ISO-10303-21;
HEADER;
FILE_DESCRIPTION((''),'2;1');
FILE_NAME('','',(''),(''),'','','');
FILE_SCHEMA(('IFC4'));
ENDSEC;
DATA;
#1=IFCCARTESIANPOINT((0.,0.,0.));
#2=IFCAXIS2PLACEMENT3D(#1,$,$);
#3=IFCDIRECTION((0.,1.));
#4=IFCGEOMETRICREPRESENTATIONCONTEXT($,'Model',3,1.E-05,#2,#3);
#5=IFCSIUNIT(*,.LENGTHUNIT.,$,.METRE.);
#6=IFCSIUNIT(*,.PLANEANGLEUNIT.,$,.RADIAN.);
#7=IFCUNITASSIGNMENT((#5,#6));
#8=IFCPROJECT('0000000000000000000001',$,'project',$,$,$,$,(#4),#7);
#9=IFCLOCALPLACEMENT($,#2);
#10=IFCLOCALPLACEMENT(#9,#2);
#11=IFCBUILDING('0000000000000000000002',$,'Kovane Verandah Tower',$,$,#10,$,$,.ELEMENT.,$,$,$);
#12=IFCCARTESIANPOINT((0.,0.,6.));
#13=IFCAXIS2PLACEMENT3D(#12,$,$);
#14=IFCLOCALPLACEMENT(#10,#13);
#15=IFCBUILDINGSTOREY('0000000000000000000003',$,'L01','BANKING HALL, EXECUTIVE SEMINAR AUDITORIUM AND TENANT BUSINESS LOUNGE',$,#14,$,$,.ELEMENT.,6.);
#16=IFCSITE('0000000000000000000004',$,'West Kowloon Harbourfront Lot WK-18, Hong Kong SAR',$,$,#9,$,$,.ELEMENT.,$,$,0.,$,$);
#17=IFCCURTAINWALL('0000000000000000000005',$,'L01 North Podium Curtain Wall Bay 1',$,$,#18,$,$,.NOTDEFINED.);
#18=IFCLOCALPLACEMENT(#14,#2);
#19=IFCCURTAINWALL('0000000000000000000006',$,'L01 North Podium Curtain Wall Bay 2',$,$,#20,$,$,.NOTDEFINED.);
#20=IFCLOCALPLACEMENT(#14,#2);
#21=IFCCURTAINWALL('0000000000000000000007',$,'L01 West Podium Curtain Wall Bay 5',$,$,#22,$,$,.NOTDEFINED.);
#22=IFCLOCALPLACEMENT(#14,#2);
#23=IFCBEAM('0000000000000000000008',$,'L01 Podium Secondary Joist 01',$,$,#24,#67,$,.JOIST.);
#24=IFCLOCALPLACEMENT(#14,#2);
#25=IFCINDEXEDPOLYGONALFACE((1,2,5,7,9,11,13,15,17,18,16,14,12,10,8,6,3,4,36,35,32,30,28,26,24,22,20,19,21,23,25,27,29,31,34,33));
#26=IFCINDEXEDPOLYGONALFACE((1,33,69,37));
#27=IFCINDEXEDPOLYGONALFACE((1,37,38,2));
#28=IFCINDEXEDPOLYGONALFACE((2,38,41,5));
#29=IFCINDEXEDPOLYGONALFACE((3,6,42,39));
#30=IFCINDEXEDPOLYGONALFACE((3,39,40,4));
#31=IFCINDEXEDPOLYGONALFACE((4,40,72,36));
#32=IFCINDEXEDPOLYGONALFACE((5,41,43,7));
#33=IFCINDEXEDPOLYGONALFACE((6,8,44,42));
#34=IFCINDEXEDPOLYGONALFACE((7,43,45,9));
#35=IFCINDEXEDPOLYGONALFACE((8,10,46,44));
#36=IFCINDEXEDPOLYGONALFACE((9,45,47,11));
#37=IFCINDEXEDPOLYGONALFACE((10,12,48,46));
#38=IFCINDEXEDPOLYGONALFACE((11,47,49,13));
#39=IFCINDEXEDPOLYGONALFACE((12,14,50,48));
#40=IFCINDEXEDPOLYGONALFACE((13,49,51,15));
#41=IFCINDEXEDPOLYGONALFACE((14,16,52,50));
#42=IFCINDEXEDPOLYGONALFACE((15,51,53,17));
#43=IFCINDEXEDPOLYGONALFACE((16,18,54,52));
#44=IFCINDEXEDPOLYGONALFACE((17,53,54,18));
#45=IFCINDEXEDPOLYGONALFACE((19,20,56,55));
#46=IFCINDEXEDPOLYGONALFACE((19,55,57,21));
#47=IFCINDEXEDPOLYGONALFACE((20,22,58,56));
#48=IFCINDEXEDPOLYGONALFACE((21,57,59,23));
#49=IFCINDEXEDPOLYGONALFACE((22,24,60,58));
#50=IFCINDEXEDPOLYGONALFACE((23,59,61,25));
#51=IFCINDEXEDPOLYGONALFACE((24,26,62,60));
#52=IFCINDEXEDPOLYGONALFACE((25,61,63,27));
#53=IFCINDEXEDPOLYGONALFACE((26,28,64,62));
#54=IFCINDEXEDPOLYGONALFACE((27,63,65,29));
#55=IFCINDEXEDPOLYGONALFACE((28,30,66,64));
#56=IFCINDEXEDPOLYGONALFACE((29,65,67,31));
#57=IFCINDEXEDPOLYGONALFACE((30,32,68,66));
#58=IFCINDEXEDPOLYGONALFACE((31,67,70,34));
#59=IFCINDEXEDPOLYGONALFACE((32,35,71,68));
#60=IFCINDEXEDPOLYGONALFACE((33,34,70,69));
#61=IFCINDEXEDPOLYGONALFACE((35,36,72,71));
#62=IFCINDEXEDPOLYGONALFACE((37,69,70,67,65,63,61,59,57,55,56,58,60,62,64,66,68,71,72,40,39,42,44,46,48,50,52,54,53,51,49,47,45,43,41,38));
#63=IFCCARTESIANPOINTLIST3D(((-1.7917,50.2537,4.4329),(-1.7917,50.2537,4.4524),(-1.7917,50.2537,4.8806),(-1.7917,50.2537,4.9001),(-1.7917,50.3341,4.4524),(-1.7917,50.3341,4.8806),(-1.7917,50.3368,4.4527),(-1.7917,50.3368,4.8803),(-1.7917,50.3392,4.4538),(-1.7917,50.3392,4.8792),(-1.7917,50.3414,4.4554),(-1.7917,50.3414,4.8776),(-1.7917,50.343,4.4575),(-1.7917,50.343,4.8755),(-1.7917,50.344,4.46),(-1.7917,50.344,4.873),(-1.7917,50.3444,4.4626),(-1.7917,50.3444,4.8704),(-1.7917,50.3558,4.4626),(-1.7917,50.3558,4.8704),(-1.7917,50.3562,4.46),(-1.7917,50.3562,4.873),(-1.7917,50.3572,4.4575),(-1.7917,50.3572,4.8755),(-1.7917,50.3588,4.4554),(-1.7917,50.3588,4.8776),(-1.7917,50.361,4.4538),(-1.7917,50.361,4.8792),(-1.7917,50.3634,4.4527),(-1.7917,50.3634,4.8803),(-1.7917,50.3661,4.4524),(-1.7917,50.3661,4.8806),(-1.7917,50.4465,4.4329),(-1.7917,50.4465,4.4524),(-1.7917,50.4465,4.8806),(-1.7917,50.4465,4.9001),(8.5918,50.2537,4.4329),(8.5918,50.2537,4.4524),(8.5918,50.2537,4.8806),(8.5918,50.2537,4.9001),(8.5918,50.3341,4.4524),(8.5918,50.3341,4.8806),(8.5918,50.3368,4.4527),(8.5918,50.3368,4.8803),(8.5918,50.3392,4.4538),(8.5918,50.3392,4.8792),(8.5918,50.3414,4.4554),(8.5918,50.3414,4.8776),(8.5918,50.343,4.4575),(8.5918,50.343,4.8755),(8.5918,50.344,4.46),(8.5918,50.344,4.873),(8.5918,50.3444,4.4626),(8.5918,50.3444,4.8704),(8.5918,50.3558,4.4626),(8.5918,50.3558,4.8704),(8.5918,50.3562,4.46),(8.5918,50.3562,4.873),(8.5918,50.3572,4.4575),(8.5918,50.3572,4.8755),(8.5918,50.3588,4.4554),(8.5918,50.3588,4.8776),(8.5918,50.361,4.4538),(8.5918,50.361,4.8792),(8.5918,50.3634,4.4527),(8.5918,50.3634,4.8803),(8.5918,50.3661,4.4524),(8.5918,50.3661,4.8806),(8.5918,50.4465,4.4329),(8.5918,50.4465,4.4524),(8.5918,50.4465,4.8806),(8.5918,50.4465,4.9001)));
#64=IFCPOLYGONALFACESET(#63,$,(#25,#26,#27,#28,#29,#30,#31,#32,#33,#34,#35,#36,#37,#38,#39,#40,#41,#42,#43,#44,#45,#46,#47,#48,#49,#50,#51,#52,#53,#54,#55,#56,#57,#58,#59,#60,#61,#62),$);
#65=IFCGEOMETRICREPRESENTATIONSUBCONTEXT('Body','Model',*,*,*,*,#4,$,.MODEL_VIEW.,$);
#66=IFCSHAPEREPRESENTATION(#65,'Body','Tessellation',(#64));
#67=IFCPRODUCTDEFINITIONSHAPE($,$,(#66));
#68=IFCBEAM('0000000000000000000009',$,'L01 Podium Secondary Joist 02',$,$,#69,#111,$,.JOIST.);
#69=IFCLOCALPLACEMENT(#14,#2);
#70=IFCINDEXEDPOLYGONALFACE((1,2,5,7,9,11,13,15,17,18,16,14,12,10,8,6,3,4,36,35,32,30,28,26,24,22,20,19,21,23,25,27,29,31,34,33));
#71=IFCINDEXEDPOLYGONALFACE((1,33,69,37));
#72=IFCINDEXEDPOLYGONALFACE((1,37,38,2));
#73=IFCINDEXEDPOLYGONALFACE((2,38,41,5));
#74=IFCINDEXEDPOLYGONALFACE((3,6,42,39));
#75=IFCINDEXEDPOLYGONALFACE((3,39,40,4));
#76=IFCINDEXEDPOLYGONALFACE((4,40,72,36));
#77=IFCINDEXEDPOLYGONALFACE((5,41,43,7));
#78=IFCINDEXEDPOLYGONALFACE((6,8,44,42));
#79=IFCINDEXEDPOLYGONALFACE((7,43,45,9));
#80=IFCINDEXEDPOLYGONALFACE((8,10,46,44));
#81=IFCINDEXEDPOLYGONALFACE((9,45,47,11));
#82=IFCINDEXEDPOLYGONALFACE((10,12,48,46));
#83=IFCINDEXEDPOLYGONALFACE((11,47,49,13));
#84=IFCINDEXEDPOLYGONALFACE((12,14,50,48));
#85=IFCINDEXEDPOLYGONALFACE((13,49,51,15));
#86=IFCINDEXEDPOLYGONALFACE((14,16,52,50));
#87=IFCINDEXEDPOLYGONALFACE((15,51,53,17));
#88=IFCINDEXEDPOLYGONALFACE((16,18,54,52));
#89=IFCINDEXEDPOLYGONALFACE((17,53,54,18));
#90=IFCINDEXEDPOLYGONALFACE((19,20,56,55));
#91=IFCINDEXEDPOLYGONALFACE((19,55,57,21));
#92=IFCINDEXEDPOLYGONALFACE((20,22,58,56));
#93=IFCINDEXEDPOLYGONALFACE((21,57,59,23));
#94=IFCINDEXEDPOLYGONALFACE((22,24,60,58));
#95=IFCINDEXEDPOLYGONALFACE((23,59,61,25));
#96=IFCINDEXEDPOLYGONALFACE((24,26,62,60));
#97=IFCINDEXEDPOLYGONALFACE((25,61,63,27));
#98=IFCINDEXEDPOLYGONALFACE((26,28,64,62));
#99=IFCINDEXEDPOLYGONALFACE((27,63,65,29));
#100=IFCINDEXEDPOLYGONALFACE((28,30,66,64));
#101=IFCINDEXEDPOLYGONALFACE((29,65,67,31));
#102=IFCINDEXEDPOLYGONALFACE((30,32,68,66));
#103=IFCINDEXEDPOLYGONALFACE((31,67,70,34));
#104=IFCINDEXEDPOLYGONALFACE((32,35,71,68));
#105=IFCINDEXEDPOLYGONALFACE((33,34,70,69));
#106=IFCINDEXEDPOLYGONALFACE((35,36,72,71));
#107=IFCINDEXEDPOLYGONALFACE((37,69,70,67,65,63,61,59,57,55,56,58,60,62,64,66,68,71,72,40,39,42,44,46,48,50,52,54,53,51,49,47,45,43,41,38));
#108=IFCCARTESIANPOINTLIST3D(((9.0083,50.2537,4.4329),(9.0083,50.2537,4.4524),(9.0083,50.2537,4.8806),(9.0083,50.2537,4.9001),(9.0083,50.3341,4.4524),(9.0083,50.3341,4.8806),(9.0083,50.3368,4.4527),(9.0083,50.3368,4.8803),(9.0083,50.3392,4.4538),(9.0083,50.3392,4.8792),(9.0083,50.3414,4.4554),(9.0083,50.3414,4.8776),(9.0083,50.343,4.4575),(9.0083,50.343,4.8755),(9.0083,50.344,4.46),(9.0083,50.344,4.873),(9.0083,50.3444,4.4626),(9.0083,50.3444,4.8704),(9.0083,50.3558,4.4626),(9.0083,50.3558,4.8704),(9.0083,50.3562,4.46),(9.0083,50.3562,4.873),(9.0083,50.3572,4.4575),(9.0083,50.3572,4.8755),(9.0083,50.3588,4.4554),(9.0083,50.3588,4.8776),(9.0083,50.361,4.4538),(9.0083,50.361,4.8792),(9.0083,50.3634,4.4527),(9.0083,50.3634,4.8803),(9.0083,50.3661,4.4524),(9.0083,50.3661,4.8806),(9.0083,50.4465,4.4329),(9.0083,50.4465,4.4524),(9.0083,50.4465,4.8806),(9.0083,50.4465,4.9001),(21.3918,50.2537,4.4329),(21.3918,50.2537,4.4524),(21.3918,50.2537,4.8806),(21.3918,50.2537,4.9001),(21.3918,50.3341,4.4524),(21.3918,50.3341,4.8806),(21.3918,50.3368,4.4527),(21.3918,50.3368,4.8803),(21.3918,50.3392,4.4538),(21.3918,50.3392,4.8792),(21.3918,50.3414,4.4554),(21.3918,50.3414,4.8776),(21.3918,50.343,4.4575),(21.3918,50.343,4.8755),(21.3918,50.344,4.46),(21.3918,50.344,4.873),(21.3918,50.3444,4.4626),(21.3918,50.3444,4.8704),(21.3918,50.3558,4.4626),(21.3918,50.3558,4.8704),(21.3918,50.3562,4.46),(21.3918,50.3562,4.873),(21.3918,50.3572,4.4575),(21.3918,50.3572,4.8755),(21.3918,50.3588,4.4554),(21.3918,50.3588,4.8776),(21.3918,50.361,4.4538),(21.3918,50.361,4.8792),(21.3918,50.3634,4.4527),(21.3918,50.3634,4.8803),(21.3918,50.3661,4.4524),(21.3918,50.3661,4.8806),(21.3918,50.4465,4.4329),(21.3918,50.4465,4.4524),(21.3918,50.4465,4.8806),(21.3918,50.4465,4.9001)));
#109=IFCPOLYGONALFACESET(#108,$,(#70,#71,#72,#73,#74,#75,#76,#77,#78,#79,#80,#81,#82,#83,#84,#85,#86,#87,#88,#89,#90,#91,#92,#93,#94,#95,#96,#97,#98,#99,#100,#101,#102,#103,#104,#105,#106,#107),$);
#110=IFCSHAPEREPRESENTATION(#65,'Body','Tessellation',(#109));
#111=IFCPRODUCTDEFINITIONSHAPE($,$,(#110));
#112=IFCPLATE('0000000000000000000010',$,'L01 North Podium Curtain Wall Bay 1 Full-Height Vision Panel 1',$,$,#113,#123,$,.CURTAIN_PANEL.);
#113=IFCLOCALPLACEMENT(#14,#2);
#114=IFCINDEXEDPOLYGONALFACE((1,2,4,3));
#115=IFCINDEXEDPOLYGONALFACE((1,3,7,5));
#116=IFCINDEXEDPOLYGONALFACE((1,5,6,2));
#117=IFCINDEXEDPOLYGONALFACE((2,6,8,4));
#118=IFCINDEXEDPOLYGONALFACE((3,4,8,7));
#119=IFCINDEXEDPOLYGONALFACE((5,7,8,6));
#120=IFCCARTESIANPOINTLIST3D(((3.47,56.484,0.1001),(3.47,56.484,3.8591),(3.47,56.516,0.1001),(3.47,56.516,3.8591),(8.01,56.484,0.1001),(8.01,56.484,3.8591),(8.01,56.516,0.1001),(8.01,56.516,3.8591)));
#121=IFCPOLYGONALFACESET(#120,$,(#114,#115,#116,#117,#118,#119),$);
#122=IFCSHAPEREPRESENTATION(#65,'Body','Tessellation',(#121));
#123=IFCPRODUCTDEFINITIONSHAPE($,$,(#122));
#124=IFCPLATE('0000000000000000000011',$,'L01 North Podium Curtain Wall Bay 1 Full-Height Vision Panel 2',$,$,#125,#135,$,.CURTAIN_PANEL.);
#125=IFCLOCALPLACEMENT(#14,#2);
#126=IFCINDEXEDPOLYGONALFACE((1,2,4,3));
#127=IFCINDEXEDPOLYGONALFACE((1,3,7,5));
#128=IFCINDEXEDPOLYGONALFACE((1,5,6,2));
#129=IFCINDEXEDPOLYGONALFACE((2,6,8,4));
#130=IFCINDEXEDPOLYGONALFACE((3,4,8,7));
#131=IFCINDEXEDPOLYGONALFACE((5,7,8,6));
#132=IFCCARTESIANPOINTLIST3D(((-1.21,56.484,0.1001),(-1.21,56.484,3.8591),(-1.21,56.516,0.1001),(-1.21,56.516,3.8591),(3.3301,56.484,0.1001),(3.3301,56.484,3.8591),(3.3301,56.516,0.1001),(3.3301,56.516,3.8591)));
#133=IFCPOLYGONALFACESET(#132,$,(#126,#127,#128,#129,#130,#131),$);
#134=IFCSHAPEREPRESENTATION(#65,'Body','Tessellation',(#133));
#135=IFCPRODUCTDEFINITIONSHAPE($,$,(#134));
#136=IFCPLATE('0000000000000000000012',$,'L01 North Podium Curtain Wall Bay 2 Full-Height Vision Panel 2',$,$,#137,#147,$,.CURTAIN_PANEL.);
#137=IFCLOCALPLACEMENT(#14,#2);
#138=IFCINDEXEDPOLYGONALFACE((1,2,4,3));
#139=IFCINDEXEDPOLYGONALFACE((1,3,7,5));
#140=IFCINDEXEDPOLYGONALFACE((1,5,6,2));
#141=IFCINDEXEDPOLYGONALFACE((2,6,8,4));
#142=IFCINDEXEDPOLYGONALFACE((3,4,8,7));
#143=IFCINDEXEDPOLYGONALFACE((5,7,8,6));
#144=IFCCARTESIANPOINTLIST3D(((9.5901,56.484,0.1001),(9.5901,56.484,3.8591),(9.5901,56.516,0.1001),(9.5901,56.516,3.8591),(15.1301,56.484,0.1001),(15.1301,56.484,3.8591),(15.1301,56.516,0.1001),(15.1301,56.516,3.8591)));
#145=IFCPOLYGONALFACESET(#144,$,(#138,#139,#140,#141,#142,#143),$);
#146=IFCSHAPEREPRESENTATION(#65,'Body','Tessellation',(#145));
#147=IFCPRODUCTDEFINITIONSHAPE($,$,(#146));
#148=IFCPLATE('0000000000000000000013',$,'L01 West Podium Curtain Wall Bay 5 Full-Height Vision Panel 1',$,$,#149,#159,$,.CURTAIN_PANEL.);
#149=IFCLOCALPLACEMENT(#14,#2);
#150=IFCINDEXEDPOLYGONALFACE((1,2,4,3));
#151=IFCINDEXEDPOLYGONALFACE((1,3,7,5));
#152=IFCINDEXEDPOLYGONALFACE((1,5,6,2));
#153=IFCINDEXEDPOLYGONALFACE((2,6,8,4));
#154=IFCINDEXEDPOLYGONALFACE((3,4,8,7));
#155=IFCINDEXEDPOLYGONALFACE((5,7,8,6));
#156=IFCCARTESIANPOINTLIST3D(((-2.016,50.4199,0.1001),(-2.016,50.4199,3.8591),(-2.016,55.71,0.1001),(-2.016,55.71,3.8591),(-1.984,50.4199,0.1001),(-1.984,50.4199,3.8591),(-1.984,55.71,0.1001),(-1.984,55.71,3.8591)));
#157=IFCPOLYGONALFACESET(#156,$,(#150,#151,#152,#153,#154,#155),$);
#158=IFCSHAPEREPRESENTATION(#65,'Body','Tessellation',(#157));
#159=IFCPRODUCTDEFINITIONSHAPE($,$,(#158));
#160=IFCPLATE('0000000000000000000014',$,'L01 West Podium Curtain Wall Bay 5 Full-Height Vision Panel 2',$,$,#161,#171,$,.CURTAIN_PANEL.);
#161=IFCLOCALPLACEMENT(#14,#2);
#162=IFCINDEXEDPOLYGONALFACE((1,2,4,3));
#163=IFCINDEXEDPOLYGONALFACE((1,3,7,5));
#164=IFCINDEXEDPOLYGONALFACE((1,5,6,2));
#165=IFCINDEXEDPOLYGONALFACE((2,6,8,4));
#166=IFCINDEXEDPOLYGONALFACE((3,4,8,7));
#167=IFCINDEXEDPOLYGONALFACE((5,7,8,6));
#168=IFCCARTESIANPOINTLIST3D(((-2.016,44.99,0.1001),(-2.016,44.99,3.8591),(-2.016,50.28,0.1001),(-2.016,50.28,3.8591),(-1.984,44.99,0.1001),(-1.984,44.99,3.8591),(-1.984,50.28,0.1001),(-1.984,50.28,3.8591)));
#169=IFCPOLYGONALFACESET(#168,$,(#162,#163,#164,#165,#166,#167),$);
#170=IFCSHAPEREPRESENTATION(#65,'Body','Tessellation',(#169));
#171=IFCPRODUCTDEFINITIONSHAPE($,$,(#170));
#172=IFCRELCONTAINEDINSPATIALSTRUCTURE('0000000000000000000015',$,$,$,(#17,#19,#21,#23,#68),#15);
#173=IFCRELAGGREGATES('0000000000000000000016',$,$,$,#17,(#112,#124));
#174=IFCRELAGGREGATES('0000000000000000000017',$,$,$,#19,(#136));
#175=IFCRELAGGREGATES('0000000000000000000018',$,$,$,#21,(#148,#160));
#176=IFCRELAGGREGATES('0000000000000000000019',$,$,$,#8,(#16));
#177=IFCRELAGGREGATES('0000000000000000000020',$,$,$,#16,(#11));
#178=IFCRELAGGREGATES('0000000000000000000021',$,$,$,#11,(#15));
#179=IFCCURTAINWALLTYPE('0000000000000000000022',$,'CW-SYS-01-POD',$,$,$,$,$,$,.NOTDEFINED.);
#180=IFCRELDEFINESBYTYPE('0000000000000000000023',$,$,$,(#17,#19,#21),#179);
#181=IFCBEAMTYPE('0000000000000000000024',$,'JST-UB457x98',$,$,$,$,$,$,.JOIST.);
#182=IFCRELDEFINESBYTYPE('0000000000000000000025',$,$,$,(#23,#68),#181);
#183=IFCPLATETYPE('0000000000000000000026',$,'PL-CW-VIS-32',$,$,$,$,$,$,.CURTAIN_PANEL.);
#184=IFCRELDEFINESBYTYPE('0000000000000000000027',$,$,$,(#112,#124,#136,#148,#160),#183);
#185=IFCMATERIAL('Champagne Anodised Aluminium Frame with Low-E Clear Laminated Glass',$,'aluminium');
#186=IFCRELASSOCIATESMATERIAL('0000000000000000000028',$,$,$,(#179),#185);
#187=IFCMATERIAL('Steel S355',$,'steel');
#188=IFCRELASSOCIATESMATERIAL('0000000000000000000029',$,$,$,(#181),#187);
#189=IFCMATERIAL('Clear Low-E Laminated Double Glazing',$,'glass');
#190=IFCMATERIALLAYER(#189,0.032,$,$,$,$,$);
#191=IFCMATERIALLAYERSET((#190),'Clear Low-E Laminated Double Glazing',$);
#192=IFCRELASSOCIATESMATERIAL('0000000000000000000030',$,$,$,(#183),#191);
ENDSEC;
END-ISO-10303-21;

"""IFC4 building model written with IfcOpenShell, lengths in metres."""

from ifc_helpers import new_model, si_unit, direction, frame, origin, origin_2d, place, context, subcontext, project, spatial, rectangle, i_section, extrude, material, layer, layer_set, material_profile, profile_set, type_object, element, aggregate, save


model = new_model("IFC4")

# Units and contexts
model_context = context("Model", 3, precision=1e-05, world=origin(), true_north=direction((0.0, 1.0)))
body_context = subcontext(model_context, "Body", "Model", "MODEL_VIEW")
ifc_project = project(units=[si_unit("LENGTHUNIT", "METRE"), si_unit("PLANEANGLEUNIT", "RADIAN")], contexts=[model_context])

# Site, building, storey
site_placement = place(None, origin())
site = spatial("IfcSite", under=ifc_project, at=site_placement, Name="West Kowloon Harbourfront Lot WK-18, Hong Kong SAR", CompositionType="ELEMENT", RefElevation=0.0)
building_placement = place(site_placement, origin())
building = spatial("IfcBuilding", under=site, at=building_placement, Name="Kovane Verandah Tower", CompositionType="ELEMENT")
storey_placement = place(building_placement, frame((0.0, 0.0, 6.0)))
storey = spatial("IfcBuildingStorey", under=building, at=storey_placement, Name="L01", Description="BANKING HALL, EXECUTIVE SEMINAR AUDITORIUM AND TENANT BUSINESS LOUNGE", CompositionType="ELEMENT", Elevation=6.0)

# Curtain wall
ifc_material_1 = material(Name="Champagne Anodised Aluminium Frame with Low-E Clear Laminated Glass", Category="aluminium")
curtain_wall_type = type_object("IfcCurtainWallType", Name="CW-SYS-01-POD", PredefinedType="NOTDEFINED", material=ifc_material_1)
curtain_wall_1_placement = place(storey_placement, origin())
curtain_wall_1 = element("IfcCurtainWall", 1, at=curtain_wall_1_placement, inside=storey, type_object=curtain_wall_type, Name="L01 North Podium Curtain Wall Bay 1", PredefinedType="NOTDEFINED")

# Curtain wall
curtain_wall_2_placement = place(storey_placement, origin())
curtain_wall_2 = element("IfcCurtainWall", 2, at=curtain_wall_2_placement, inside=storey, type_object=curtain_wall_type, Name="L01 North Podium Curtain Wall Bay 2", PredefinedType="NOTDEFINED")

# Curtain wall
curtain_wall_3_placement = place(storey_placement, origin())
curtain_wall_3 = element("IfcCurtainWall", 3, at=curtain_wall_3_placement, inside=storey, type_object=curtain_wall_type, Name="L01 West Podium Curtain Wall Bay 5", PredefinedType="NOTDEFINED")

# Beams
ifc_material_2 = material(Name="Steel S355", Category="steel")
ifc_material_profile_1 = material_profile(ifc_material_2, i_section(OverallWidth=0.1929, OverallDepth=0.4673, WebThickness=0.0115, FlangeThickness=0.0195, FilletRadius=0.0103, at=origin_2d()), Name="UB457x191x98")
ifc_profile_set_1 = profile_set([ifc_material_profile_1], Name="Steel S355")
beam_type_1 = type_object("IfcBeamType", Name="JST-UB457x98", PredefinedType="JOIST", material=ifc_profile_set_1)
beam_1_placement = place(storey_placement, frame((-1.7917, 50.3501, 4.6665), z_axis=(1.0, 0.0, 0.0), x_axis=(0.0, 1.0, 0.0)))
element("IfcBeam", 4, at=beam_1_placement, inside=storey, type_object=beam_type_1, Name="L01 Podium Secondary Joist 01", PredefinedType="JOIST", context=body_context, shape_type="SweptSolid", body=[
    extrude(i_section(OverallWidth=0.1929, OverallDepth=0.4673, WebThickness=0.0115, FlangeThickness=0.0195, FilletRadius=0.0103, at=origin_2d()), origin(), (0.0, 0.0, 1.0), 10.3835),
])
beam_2_placement = place(storey_placement, frame((9.0083, 50.3501, 4.6665), z_axis=(1.0, 0.0, 0.0), x_axis=(0.0, 1.0, 0.0)))
element("IfcBeam", 5, at=beam_2_placement, inside=storey, type_object=beam_type_1, Name="L01 Podium Secondary Joist 02", PredefinedType="JOIST", context=body_context, shape_type="SweptSolid", body=[
    extrude(i_section(OverallWidth=0.1929, OverallDepth=0.4673, WebThickness=0.0115, FlangeThickness=0.0195, FilletRadius=0.0103, at=origin_2d()), origin(), (0.0, 0.0, 1.0), 12.3835),
])

# Plates
ifc_material_3 = material(Name="Clear Low-E Laminated Double Glazing", Category="glass")
ifc_layer = layer(ifc_material_3, 0.032)
ifc_layer_set = layer_set([ifc_layer], Name="Clear Low-E Laminated Double Glazing")
plate_type = type_object("IfcPlateType", Name="PL-CW-VIS-32", PredefinedType="CURTAIN_PANEL", material=ifc_layer_set)
plate_1_placement = place(storey_placement, frame((5.74, 56.5, 0.1001), z_axis=(0.0, 0.0, 1.0), x_axis=(-1.0, 0.0, 0.0)))
plate_1 = element("IfcPlate", 6, at=plate_1_placement, type_object=plate_type, Name="L01 North Podium Curtain Wall Bay 1 Full-Height Vision Panel 1", PredefinedType="CURTAIN_PANEL", context=body_context, shape_type="SweptSolid", body=[
    extrude(rectangle(XDim=4.54, YDim=0.032, at=origin_2d()), origin(), (0.0, 0.0, 1.0), 3.759),
])
plate_2_placement = place(storey_placement, frame((1.0601, 56.5, 0.1001), z_axis=(0.0, 0.0, 1.0), x_axis=(-1.0, 0.0, 0.0)))
plate_2 = element("IfcPlate", 7, at=plate_2_placement, type_object=plate_type, Name="L01 North Podium Curtain Wall Bay 1 Full-Height Vision Panel 2", PredefinedType="CURTAIN_PANEL", context=body_context, shape_type="SweptSolid", body=[
    extrude(rectangle(XDim=4.54, YDim=0.032, at=origin_2d()), origin(), (0.0, 0.0, 1.0), 3.759),
])
aggregate(curtain_wall_1, [plate_1, plate_2])
plate_3_placement = place(storey_placement, frame((12.3601, 56.5, 0.1001), z_axis=(0.0, 0.0, 1.0), x_axis=(-1.0, 0.0, 0.0)))
plate_3 = element("IfcPlate", 8, at=plate_3_placement, type_object=plate_type, Name="L01 North Podium Curtain Wall Bay 2 Full-Height Vision Panel 2", PredefinedType="CURTAIN_PANEL", context=body_context, shape_type="SweptSolid", body=[
    extrude(rectangle(XDim=5.54, YDim=0.032, at=origin_2d()), origin(), (0.0, 0.0, 1.0), 3.759),
])
aggregate(curtain_wall_2, [plate_3])
plate_4_placement = place(storey_placement, frame((-2.0, 53.0649, 0.1001), z_axis=(0.0, 0.0, 1.0), x_axis=(0.0, -1.0, 0.0)))
plate_4 = element("IfcPlate", 9, at=plate_4_placement, type_object=plate_type, Name="L01 West Podium Curtain Wall Bay 5 Full-Height Vision Panel 1", PredefinedType="CURTAIN_PANEL", context=body_context, shape_type="SweptSolid", body=[
    extrude(rectangle(XDim=5.29, YDim=0.032, at=origin_2d()), origin(), (0.0, 0.0, 1.0), 3.759),
])
plate_5_placement = place(storey_placement, frame((-2.0, 47.635, 0.1001), z_axis=(0.0, 0.0, 1.0), x_axis=(0.0, -1.0, 0.0)))
plate_5 = element("IfcPlate", 10, at=plate_5_placement, type_object=plate_type, Name="L01 West Podium Curtain Wall Bay 5 Full-Height Vision Panel 2", PredefinedType="CURTAIN_PANEL", context=body_context, shape_type="SweptSolid", body=[
    extrude(rectangle(XDim=5.29, YDim=0.032, at=origin_2d()), origin(), (0.0, 0.0, 1.0), 3.759),
])
aggregate(curtain_wall_3, [plate_4, plate_5])

save(model, "model.ifc")
